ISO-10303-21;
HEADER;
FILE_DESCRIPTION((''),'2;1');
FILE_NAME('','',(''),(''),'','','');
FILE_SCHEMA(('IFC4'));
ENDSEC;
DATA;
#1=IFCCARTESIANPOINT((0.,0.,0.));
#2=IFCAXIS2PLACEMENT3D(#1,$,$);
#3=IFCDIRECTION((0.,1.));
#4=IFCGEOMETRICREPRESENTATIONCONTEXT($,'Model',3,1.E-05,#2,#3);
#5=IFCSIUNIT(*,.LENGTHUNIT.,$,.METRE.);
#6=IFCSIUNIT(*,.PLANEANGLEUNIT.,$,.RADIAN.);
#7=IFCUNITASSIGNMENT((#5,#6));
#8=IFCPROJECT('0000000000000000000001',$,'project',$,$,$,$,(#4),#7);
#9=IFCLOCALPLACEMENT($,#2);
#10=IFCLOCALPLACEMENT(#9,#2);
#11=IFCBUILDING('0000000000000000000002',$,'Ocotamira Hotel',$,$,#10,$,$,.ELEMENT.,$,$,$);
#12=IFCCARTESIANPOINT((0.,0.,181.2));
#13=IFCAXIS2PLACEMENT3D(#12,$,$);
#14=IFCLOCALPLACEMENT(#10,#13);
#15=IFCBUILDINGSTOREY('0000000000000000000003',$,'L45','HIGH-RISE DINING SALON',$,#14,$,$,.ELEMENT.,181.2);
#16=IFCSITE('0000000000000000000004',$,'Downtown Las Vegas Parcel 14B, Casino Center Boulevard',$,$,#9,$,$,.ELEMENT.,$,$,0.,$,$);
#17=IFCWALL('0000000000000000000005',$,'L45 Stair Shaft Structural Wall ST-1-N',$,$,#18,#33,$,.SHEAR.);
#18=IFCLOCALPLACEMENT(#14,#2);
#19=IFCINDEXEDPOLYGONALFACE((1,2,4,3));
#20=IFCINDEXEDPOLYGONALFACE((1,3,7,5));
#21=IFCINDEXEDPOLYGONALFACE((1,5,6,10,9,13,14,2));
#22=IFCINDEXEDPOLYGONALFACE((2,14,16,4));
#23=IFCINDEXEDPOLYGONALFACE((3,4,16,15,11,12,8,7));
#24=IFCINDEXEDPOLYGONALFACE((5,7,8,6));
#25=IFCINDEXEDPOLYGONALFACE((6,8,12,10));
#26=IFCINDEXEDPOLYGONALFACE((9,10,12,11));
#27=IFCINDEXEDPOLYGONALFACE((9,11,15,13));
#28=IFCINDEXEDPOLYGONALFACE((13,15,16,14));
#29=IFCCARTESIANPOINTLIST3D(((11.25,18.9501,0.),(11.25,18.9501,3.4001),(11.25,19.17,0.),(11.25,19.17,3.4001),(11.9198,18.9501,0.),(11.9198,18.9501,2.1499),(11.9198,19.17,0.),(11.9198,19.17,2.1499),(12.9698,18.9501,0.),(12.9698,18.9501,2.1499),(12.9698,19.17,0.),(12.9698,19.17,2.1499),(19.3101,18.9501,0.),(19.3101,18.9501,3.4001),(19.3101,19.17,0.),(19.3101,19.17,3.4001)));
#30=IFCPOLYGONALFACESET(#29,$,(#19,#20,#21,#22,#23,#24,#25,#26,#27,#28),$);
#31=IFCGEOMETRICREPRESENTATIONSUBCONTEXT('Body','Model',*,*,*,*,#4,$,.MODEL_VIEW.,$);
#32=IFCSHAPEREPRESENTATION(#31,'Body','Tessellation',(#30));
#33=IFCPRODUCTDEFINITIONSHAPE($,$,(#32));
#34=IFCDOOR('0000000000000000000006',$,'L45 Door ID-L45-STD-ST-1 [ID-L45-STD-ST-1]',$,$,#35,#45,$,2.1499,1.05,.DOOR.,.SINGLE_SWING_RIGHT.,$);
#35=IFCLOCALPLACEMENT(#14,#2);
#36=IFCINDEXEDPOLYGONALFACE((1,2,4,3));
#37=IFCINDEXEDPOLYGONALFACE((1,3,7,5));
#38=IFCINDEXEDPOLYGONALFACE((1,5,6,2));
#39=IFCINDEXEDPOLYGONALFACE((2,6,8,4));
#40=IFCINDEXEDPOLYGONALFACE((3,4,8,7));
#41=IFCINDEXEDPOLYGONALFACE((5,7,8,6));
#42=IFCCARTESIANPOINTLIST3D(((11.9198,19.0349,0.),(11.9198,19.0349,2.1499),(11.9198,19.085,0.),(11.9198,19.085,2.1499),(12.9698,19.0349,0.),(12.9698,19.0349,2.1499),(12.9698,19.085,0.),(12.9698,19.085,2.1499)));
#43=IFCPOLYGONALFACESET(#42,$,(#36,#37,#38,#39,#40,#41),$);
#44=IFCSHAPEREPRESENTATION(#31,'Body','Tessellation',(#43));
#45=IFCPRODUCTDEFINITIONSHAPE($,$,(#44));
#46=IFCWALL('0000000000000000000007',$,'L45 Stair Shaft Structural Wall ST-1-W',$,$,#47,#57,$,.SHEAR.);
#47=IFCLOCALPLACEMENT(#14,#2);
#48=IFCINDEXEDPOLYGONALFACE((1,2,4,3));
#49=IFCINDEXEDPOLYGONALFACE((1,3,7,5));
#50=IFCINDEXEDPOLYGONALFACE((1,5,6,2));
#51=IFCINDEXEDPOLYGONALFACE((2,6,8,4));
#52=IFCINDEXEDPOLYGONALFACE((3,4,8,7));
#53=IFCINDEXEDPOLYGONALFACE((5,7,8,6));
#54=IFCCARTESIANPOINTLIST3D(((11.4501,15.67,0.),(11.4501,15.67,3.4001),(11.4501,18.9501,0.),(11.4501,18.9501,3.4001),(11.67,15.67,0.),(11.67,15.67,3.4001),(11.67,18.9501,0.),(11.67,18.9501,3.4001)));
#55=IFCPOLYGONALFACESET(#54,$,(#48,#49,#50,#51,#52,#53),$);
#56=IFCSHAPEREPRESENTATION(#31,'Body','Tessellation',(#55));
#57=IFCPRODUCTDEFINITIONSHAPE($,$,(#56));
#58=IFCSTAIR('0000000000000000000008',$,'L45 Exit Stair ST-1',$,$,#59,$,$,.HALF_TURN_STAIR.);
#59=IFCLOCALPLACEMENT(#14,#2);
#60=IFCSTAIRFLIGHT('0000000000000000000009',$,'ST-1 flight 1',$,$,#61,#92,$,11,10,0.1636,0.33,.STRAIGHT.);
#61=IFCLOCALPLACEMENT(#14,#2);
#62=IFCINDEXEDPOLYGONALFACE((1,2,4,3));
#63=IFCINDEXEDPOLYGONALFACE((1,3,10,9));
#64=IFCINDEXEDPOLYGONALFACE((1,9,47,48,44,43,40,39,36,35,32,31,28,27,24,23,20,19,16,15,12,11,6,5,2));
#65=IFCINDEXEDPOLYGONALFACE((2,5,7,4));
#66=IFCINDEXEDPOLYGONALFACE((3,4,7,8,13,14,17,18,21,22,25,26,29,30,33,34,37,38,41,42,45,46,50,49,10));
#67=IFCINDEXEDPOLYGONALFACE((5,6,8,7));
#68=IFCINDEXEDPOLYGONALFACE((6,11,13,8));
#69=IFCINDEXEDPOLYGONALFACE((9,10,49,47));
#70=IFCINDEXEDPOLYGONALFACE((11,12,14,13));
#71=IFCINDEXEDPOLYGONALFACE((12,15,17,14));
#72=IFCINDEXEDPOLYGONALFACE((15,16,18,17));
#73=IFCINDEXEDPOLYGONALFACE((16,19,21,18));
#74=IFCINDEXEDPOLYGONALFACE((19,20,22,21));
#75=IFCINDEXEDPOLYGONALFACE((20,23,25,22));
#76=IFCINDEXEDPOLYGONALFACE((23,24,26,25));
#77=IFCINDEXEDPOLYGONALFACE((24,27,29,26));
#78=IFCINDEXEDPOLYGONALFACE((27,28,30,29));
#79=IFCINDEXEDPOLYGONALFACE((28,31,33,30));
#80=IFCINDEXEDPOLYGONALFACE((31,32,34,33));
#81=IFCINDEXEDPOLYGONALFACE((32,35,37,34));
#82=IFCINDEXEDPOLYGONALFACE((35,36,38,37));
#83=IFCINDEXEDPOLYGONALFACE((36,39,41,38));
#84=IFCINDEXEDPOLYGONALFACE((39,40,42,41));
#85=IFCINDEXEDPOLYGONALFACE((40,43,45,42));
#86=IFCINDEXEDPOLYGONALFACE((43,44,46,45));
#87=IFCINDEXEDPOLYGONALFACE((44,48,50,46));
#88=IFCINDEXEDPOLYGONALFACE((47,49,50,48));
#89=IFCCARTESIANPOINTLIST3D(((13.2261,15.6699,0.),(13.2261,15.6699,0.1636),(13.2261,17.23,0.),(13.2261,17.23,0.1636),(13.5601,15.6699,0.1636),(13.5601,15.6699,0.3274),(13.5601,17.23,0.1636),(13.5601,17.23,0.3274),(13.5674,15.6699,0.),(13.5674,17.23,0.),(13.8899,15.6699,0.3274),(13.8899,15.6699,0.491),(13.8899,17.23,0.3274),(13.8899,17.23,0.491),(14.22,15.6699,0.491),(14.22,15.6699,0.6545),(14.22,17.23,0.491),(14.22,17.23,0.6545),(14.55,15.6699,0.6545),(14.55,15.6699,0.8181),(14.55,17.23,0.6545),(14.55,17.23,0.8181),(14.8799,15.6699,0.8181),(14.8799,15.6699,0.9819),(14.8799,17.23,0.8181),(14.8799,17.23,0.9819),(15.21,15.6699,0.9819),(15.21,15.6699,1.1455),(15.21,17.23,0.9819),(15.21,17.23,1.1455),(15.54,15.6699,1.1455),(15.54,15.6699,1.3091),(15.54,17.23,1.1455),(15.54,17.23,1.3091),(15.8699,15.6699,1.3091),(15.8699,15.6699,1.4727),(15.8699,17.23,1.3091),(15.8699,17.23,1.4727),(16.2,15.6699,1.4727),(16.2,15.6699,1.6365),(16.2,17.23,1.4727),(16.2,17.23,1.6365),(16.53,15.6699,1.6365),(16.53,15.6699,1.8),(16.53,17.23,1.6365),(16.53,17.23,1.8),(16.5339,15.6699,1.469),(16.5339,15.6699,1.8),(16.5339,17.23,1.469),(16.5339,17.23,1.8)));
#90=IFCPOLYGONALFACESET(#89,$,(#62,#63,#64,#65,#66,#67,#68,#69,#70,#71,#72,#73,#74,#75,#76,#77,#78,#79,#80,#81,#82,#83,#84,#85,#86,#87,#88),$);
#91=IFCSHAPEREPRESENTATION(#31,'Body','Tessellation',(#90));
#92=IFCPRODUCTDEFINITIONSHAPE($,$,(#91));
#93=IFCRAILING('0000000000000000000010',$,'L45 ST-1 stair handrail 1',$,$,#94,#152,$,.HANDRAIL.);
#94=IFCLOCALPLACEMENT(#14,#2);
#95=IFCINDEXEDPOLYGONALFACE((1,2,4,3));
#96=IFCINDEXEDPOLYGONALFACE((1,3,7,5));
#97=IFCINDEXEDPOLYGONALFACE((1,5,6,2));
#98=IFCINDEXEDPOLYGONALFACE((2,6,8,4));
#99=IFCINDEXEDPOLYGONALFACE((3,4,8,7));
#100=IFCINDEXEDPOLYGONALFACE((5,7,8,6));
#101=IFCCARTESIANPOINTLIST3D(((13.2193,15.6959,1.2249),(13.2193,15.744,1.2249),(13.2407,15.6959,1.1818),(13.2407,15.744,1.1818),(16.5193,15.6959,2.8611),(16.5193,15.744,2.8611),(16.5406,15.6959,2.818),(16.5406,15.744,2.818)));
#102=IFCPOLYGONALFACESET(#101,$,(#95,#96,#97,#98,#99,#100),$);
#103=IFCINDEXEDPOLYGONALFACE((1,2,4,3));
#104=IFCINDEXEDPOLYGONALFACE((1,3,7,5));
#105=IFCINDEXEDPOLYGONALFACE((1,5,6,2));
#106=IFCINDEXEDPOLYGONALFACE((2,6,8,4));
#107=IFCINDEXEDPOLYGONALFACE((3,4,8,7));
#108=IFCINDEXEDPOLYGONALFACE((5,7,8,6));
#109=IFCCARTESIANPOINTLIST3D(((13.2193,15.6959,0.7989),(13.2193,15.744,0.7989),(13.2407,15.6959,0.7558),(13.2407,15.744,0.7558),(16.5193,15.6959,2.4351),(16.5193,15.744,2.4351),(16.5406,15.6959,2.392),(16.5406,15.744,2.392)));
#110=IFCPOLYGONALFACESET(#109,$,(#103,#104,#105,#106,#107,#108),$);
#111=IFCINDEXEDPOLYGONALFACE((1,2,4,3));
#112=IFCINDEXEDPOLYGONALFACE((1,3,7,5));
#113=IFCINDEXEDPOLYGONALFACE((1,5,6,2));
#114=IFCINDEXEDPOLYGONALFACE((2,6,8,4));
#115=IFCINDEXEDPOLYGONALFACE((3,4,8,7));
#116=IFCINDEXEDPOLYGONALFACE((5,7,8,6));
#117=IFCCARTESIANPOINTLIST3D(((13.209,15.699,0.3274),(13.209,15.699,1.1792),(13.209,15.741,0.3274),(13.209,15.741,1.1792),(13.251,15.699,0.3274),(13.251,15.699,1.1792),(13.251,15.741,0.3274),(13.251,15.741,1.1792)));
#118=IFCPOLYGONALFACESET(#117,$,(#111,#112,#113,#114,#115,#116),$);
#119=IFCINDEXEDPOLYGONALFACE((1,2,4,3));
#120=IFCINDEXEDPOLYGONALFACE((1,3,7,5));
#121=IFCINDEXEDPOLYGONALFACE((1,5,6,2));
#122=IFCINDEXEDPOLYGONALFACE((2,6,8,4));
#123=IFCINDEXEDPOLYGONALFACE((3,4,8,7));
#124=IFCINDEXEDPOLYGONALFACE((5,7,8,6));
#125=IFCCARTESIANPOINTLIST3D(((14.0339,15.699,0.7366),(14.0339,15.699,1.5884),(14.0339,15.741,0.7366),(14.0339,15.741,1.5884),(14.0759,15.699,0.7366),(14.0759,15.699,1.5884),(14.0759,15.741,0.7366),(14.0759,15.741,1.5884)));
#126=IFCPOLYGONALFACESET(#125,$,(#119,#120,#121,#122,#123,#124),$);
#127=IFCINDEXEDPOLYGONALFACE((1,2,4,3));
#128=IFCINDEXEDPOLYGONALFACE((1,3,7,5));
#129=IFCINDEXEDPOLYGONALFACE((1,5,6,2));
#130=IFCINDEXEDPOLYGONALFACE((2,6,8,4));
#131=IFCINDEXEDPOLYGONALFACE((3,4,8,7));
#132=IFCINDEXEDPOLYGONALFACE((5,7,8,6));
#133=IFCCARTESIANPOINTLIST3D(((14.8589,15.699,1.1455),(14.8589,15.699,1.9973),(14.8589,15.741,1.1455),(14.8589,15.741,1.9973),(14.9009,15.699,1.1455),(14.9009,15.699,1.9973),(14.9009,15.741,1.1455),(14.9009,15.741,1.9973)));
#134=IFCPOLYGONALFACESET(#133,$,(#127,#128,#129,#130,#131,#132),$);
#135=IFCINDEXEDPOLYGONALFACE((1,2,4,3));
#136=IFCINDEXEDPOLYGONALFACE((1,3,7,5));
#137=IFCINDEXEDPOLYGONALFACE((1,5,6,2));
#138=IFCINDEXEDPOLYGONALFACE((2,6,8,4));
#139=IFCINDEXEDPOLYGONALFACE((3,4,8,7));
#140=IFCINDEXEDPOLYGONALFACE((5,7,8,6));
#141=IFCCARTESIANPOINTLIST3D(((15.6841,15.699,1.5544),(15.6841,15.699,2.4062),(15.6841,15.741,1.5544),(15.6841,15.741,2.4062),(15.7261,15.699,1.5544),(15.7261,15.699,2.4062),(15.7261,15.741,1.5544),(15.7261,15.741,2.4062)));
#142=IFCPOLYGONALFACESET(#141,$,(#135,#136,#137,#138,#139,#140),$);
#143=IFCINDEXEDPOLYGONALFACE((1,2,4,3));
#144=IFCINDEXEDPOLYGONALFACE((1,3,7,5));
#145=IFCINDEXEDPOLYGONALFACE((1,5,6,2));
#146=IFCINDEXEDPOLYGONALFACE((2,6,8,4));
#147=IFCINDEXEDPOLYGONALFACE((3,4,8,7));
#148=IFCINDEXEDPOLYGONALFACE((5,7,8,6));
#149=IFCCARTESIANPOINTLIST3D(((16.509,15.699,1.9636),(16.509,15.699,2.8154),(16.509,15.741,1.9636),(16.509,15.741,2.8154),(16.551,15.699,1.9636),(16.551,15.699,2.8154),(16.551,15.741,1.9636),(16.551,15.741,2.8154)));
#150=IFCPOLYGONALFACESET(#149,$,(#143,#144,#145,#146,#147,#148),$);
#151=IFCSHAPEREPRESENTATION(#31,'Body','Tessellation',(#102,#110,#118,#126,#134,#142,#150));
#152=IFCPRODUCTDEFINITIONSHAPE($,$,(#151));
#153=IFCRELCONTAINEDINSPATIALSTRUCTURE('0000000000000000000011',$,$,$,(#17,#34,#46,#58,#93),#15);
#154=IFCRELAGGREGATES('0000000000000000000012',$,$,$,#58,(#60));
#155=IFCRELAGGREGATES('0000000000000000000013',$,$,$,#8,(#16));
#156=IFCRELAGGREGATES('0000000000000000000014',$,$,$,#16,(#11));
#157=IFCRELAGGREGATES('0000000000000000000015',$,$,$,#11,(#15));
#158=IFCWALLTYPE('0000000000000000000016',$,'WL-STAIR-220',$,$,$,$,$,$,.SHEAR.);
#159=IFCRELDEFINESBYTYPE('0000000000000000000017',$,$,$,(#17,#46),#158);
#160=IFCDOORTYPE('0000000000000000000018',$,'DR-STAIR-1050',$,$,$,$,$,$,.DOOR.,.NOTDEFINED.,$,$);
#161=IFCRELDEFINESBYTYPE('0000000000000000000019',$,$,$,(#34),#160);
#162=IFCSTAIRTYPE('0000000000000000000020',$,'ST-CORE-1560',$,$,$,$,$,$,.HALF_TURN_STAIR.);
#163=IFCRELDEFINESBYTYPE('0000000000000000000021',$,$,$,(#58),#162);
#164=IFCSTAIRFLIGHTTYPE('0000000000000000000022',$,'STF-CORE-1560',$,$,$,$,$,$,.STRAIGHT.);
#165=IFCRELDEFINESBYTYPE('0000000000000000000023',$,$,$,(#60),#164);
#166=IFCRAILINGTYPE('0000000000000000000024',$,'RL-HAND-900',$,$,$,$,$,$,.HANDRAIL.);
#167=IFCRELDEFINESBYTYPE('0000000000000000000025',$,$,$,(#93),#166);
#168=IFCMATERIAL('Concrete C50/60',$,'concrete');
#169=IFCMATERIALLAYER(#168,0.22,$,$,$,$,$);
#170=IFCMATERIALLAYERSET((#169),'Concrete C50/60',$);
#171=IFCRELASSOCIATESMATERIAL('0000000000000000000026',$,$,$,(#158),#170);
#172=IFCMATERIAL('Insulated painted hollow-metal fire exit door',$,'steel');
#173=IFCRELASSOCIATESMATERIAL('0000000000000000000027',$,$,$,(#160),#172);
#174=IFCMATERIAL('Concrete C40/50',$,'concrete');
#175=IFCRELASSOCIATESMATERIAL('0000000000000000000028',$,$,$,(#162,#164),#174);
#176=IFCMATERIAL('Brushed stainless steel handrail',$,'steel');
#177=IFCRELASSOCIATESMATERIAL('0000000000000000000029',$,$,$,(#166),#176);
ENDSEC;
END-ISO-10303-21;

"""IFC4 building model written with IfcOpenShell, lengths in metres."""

from ifc_helpers import new_model, si_unit, direction, frame, frame_2d, origin, origin_2d, place, context, subcontext, project, spatial, polyline, rectangle, outline, extrude, source, transform, mapped, material, layer, layer_set, type_object, element, fill, aggregate, save


model = new_model("IFC4")

# Units and contexts
model_context = context("Model", 3, precision=1e-05, world=origin(), true_north=direction((0.0, 1.0)))
body_context = subcontext(model_context, "Body", "Model", "MODEL_VIEW")
ifc_project = project(units=[si_unit("LENGTHUNIT", "METRE"), si_unit("PLANEANGLEUNIT", "RADIAN")], contexts=[model_context])

# Site, building, storey
site_placement = place(None, origin())
site = spatial("IfcSite", under=ifc_project, at=site_placement, Name="Downtown Las Vegas Parcel 14B, Casino Center Boulevard", CompositionType="ELEMENT", RefElevation=0.0)
building_placement = place(site_placement, origin())
building = spatial("IfcBuilding", under=site, at=building_placement, Name="Ocotamira Hotel", CompositionType="ELEMENT")
storey_placement = place(building_placement, frame((0.0, 0.0, 181.2)))
storey = spatial("IfcBuildingStorey", under=building, at=storey_placement, Name="L45", Description="HIGH-RISE DINING SALON", CompositionType="ELEMENT", Elevation=181.2)

# Shared definitions
ifc_material_1 = material(Name="Concrete C50/60", Category="concrete")

# Shared definitions
ifc_layer_1 = layer(ifc_material_1, 0.22)
ifc_layer_set_1 = layer_set([ifc_layer_1], Name="Concrete C50/60")
wall_type_1 = type_object("IfcWallType", Name="WL-STAIR-220", PredefinedType="SHEAR", material=ifc_layer_set_1)

# Wall, opening, door
wall_1_placement = place(storey_placement, frame((11.25, 19.0601, 0.0), z_axis=(0.0, 0.0, 1.0), x_axis=(1.0, 0.0, 0.0)))
wall_1 = element("IfcWall", 1, at=wall_1_placement, inside=storey, type_object=wall_type_1, Name="L45 Stair Shaft Structural Wall ST-1-N", PredefinedType="SHEAR", context=body_context, shape_type="SweptSolid", body=[
    extrude(rectangle(XDim=8.0601, YDim=0.22, at=frame_2d((4.03, 0.0))), origin(), (0.0, 0.0, 1.0), 3.4001),
])
opening_1_placement = place(wall_1_placement, frame((0.6699, 0.0, 0.0)))
opening_1 = element("IfcOpeningElement", 2, at=opening_1_placement, cuts=wall_1, PredefinedType="OPENING", context=body_context, shape_type="SweptSolid", body=[
    extrude(rectangle(XDim=1.05, YDim=2.1499, at=frame_2d((0.5249, 1.075))), frame((0.0, 0.1201, 0.0), z_axis=(0.0, -1.0, 0.0), x_axis=(1.0, 0.0, 0.0)), (0.0, 0.0, 1.0), 0.24),
])
ifc_material_2 = material(Name="Insulated painted hollow-metal fire exit door", Category="steel")
door_type_1 = type_object("IfcDoorType", Name="DR-STAIR-1050", OperationType="NOTDEFINED", PredefinedType="DOOR", material=ifc_material_2)
shared_shape_1 = source(origin(), body_context, "Body", "SweptSolid", [
    extrude(rectangle(XDim=1.05, YDim=2.1499, at=frame_2d((0.5249, 1.075))), frame((0.0, 0.0249, 0.0), z_axis=(0.0, -1.0, 0.0), x_axis=(1.0, 0.0, 0.0)), (0.0, 0.0, 1.0), 0.05),
])
door_1_placement = place(opening_1_placement, origin())
door_1 = element("IfcDoor", 3, at=door_1_placement, inside=storey, type_object=door_type_1, Name="L45 Door ID-L45-STD-ST-1 [ID-L45-STD-ST-1]", OperationType="SINGLE_SWING_RIGHT", OverallHeight=2.1499, OverallWidth=1.05, PredefinedType="DOOR", context=body_context, shape_type="MappedRepresentation", body=[
    mapped(shared_shape_1, transform((0.0, 0.0, 0.0), scale=1.0)),
])
fill(opening_1, door_1)

# Wall
wall_2_placement = place(storey_placement, frame((11.5601, 15.6699, 0.0), z_axis=(0.0, 0.0, 1.0), x_axis=(0.0, 1.0, 0.0)))
element("IfcWall", 4, at=wall_2_placement, inside=storey, type_object=wall_type_1, Name="L45 Stair Shaft Structural Wall ST-1-W", PredefinedType="SHEAR", context=body_context, shape_type="SweptSolid", body=[
    extrude(rectangle(XDim=3.28, YDim=0.22, at=frame_2d((1.6401, 0.0))), origin(), (0.0, 0.0, 1.0), 3.4001),
])

# Stair, stair flight
ifc_material_3 = material(Name="Concrete C40/50", Category="concrete")
stair_type = type_object("IfcStairType", Name="ST-CORE-1560", PredefinedType="HALF_TURN_STAIR", material=ifc_material_3)
stair_placement = place(storey_placement, origin())
stair = element("IfcStair", 5, at=stair_placement, inside=storey, type_object=stair_type, Name="L45 Exit Stair ST-1", PredefinedType="HALF_TURN_STAIR")
stair_flight_type = type_object("IfcStairFlightType", Name="STF-CORE-1560", PredefinedType="STRAIGHT", material=ifc_material_3)
shared_shape_2 = source(origin(), body_context, "Body", "SweptSolid", [
    extrude(outline(polyline([(-0.0039, 0.0), (-0.0039, 0.1636), (0.3301, 0.1636), (0.3301, 0.3274), (0.6599, 0.3274), (0.6599, 0.491), (0.99, 0.491), (0.99, 0.6545), (1.3201, 0.6545), (1.3201, 0.8181), (1.6499, 0.8181), (1.6499, 0.9819), (1.98, 0.9819), (1.98, 1.1455), (2.3101, 1.1455), (2.3101, 1.3091), (2.6399, 1.3091), (2.6399, 1.4727), (2.97, 1.4727), (2.97, 1.6365), (3.3, 1.6365), (3.3, 1.8), (3.304, 1.8), (3.304, 1.469), (0.3374, 0.0), (-0.0039, 0.0)])), frame((0.0, 0.78, 0.0), z_axis=(0.0, -1.0, 0.0), x_axis=(1.0, 0.0, 0.0)), (0.0, 0.0, 1.0), 1.5601),
])
stair_flight_placement = place(storey_placement, frame((13.23, 16.45, 0.0), z_axis=(0.0, 0.0, 1.0), x_axis=(1.0, 0.0, 0.0)))
stair_flight = element("IfcStairFlight", 6, at=stair_flight_placement, type_object=stair_flight_type, Name="ST-1 flight 1", NumberOfRisers=11, NumberOfTreads=10, PredefinedType="STRAIGHT", RiserHeight=0.1636, TreadLength=0.33, context=body_context, shape_type="MappedRepresentation", body=[
    mapped(shared_shape_2, transform((0.0, 0.0, 0.0), scale=1.0)),
])
aggregate(stair, [stair_flight])

# Railing
ifc_material_4 = material(Name="Brushed stainless steel handrail", Category="steel")
railing_type_1 = type_object("IfcRailingType", Name="RL-HAND-900", PredefinedType="HANDRAIL", material=ifc_material_4)
railing_1_placement = place(storey_placement, frame((13.23, 15.72, 0.3274)))
element("IfcRailing", 7, at=railing_1_placement, inside=storey, type_object=railing_type_1, Name="L45 ST-1 stair handrail 1", PredefinedType="HANDRAIL", context=body_context, shape_type="SweptSolid", body=[
    extrude(rectangle(XDim=0.0481, YDim=0.0481, at=origin_2d()), frame((0.0, 0.0, 0.876), z_axis=(0.89592, 0.0, 0.444215), x_axis=(0.0, 1.0, 0.0)), (0.0, 0.0, 1.0), 3.6833),
    extrude(rectangle(XDim=0.0481, YDim=0.0481, at=origin_2d()), frame((0.0, 0.0, 0.45), z_axis=(0.89592, 0.0, 0.444215), x_axis=(0.0, 1.0, 0.0)), (0.0, 0.0, 1.0), 3.6833),
    extrude(rectangle(XDim=0.042, YDim=0.042, at=origin_2d()), origin(), (0.0, 0.0, 1.0), 0.8518),
    extrude(rectangle(XDim=0.042, YDim=0.042, at=origin_2d()), frame((0.825, 0.0, 0.4092)), (0.0, 0.0, 1.0), 0.8518),
    extrude(rectangle(XDim=0.042, YDim=0.042, at=origin_2d()), frame((1.6499, 0.0, 0.8181)), (0.0, 0.0, 1.0), 0.8518),
    extrude(rectangle(XDim=0.042, YDim=0.042, at=origin_2d()), frame((2.4751, 0.0, 1.2271)), (0.0, 0.0, 1.0), 0.8518),
    extrude(rectangle(XDim=0.042, YDim=0.042, at=origin_2d()), frame((3.3, 0.0, 1.6362)), (0.0, 0.0, 1.0), 0.8518),
])

save(model, "model.ifc")
